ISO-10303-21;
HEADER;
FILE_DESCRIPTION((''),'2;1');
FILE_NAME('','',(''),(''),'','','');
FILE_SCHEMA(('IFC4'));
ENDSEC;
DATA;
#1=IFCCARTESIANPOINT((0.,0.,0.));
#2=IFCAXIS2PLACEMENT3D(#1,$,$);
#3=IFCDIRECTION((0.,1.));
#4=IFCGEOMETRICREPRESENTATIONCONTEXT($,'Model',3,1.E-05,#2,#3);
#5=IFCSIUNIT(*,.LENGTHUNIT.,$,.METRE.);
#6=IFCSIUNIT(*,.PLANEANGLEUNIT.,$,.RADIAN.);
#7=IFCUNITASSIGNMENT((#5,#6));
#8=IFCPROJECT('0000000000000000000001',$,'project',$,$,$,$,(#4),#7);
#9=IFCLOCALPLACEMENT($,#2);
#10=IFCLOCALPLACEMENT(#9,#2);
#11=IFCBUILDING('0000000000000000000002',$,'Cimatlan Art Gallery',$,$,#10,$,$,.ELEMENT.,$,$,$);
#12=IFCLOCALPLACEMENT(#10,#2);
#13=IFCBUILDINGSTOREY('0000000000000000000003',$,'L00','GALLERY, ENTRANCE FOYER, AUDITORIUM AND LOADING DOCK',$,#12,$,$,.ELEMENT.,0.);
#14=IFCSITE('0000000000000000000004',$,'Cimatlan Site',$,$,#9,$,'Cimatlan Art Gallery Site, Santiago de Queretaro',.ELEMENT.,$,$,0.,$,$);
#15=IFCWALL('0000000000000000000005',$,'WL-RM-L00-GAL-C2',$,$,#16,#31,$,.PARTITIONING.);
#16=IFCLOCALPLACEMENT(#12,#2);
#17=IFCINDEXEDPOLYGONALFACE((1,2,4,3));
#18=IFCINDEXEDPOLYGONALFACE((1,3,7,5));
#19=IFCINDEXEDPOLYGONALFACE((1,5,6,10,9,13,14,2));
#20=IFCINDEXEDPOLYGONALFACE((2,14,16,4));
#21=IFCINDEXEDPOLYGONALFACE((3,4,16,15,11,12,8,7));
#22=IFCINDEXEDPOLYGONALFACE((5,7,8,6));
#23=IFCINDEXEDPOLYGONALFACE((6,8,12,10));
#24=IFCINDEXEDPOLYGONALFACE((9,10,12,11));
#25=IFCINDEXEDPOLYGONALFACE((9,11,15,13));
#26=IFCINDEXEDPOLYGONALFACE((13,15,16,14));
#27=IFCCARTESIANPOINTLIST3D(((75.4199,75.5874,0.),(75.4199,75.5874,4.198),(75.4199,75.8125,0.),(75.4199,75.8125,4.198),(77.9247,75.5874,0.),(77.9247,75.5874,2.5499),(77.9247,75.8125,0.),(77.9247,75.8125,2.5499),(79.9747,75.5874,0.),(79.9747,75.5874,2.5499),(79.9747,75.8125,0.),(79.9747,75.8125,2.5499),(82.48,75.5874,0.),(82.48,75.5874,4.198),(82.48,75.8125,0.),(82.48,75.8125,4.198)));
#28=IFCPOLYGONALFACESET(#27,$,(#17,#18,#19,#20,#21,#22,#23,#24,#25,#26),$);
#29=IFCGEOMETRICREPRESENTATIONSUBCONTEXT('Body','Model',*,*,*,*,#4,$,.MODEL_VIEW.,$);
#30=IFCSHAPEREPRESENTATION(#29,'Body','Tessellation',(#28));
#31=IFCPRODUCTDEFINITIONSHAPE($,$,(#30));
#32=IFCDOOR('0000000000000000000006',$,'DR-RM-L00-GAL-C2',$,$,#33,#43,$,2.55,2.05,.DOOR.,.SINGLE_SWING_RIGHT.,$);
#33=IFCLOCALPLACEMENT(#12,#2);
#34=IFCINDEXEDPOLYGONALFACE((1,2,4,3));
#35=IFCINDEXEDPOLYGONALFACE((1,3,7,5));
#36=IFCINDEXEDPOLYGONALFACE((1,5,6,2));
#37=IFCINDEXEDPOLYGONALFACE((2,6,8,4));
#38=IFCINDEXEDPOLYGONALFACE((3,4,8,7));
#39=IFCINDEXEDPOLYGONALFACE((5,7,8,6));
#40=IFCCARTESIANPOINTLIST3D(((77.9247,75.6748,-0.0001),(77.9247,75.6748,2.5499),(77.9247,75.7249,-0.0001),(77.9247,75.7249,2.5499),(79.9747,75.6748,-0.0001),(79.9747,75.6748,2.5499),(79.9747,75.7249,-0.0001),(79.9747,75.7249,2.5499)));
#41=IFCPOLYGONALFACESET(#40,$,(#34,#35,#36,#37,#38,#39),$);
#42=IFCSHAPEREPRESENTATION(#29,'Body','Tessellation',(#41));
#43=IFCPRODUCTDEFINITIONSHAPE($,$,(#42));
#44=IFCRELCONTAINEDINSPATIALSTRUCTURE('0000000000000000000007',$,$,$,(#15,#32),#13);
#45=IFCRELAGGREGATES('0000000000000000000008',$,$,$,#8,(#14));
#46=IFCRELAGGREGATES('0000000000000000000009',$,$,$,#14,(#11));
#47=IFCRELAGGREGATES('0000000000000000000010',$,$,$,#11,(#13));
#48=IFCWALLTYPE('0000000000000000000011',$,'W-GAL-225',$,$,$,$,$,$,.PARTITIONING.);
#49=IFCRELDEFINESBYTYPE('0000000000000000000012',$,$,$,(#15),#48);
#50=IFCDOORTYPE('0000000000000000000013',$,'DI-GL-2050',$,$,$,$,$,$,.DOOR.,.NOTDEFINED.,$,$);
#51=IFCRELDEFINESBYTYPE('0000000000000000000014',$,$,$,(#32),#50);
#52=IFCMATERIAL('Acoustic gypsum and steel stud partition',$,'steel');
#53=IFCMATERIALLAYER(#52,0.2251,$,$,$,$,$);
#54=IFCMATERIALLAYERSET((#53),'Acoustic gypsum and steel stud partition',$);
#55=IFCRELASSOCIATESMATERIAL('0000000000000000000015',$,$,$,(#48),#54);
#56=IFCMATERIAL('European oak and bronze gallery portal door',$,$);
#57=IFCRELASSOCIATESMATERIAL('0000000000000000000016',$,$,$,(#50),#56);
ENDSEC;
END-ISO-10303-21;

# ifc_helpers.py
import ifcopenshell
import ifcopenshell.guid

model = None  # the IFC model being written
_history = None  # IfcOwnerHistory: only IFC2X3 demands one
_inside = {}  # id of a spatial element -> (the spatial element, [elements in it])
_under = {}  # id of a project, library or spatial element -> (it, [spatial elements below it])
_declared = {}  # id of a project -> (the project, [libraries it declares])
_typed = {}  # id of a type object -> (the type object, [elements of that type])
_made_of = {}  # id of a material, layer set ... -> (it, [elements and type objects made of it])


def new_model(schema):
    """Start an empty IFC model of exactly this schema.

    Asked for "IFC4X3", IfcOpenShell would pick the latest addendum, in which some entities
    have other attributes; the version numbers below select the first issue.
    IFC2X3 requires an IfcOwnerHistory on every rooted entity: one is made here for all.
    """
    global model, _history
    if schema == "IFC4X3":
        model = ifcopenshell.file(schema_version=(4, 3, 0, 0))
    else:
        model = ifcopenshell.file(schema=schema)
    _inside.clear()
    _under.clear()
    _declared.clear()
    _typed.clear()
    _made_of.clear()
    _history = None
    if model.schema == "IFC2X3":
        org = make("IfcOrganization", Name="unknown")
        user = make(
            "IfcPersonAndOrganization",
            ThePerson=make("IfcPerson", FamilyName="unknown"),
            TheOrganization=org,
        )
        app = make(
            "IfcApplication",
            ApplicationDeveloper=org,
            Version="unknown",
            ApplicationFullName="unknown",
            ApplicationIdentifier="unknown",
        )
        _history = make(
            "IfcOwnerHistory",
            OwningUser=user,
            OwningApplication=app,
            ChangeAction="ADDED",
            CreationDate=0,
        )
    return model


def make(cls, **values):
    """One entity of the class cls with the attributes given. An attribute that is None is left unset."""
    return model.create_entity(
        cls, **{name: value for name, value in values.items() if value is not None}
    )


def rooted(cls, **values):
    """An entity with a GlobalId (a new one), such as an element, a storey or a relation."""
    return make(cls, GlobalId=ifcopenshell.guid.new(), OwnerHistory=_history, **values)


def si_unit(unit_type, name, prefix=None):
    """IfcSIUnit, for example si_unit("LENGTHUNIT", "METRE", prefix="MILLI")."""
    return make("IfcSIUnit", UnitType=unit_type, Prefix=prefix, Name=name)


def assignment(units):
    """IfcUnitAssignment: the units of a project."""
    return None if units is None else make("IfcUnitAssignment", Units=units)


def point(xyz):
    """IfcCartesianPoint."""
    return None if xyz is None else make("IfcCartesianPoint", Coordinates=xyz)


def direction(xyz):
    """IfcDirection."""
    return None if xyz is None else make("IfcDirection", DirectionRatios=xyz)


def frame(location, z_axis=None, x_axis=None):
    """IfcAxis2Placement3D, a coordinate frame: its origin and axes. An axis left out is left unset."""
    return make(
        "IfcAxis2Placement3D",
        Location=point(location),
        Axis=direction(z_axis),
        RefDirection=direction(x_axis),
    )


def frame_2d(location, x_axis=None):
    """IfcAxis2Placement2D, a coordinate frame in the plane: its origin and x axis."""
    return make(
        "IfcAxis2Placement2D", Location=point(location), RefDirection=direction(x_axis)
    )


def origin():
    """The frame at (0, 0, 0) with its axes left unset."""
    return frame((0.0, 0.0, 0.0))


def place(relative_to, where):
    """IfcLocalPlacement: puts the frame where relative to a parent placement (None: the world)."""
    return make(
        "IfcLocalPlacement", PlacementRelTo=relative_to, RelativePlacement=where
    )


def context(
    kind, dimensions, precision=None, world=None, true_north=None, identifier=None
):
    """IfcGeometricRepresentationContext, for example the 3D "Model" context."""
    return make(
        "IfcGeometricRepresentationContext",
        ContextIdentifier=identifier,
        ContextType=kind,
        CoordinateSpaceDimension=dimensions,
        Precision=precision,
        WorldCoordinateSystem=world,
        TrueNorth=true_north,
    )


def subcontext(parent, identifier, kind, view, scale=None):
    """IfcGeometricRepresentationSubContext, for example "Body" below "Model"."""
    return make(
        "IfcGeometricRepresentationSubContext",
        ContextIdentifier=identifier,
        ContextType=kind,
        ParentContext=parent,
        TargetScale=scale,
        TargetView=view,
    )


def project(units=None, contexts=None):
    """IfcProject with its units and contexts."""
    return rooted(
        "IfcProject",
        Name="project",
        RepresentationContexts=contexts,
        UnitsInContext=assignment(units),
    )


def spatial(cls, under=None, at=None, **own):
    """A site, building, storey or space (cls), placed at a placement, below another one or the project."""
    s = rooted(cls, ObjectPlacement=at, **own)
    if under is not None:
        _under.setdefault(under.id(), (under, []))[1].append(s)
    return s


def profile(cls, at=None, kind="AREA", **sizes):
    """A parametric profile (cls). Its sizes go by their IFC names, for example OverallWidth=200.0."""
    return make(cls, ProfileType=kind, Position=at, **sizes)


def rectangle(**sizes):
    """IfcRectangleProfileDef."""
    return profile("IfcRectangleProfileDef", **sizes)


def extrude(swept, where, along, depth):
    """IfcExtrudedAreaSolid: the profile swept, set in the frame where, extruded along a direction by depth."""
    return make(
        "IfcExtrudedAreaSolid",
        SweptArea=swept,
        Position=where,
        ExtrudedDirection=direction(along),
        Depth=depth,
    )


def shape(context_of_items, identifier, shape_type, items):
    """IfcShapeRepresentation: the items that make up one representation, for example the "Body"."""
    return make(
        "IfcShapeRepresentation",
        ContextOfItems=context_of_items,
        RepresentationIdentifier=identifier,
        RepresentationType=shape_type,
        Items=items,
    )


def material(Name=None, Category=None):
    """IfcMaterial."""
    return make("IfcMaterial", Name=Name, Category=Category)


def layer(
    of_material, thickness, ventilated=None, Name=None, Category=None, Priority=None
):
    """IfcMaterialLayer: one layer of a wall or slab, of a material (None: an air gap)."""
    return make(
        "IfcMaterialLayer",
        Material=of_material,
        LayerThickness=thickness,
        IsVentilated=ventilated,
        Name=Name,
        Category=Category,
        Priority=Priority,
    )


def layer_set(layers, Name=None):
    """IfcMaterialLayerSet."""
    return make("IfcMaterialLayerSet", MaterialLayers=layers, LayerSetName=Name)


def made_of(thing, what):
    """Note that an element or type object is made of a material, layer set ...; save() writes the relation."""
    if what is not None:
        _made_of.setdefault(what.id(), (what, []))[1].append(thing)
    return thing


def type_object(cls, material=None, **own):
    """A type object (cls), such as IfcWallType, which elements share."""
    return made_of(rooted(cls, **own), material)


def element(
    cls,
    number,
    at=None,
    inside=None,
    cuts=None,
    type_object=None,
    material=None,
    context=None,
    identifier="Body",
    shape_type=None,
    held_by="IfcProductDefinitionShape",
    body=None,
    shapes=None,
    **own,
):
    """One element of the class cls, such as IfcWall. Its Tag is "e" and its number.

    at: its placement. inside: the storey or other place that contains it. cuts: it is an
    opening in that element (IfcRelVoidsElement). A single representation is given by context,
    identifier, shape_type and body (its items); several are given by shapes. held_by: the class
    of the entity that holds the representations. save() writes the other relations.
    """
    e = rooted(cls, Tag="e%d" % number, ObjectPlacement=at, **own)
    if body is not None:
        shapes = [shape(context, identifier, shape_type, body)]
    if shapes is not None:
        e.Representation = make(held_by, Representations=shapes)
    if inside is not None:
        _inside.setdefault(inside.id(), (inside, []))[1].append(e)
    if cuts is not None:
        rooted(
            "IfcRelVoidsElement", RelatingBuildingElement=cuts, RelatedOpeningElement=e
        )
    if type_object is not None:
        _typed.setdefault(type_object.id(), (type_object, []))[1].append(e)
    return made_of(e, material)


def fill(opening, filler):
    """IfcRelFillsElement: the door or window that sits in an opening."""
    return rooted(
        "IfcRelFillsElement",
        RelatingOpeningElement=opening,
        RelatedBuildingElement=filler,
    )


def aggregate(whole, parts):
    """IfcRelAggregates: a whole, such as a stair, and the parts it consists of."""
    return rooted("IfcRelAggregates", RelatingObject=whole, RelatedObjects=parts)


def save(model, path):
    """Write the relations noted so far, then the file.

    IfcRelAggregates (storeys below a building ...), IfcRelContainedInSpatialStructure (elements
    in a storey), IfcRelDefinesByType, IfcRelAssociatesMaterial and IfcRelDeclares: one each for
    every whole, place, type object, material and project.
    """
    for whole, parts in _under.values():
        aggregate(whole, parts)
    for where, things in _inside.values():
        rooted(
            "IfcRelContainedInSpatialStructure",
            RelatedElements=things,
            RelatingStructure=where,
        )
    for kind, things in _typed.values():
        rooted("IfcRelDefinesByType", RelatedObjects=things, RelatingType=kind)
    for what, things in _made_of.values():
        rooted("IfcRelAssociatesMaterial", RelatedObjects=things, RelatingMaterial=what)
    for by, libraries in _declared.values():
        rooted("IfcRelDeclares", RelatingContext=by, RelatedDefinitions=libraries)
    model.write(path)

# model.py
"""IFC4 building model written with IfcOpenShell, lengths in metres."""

from ifc_helpers import new_model, si_unit, direction, frame, frame_2d, origin, place, context, subcontext, project, spatial, rectangle, extrude, material, layer, layer_set, type_object, element, fill, save


model = new_model("IFC4")

# Units and contexts
model_context = context("Model", 3, precision=1e-05, world=origin(), true_north=direction((0.0, 1.0)))
body_context = subcontext(model_context, "Body", "Model", "MODEL_VIEW")
ifc_project = project(units=[si_unit("LENGTHUNIT", "METRE"), si_unit("PLANEANGLEUNIT", "RADIAN")], contexts=[model_context])

# Site, building, storey
site_placement = place(None, origin())
site = spatial("IfcSite", under=ifc_project, at=site_placement, Name="Cimatlan Site", LongName="Cimatlan Art Gallery Site, Santiago de Queretaro", CompositionType="ELEMENT", RefElevation=0.0)
building_placement = place(site_placement, origin())
building = spatial("IfcBuilding", under=site, at=building_placement, Name="Cimatlan Art Gallery", CompositionType="ELEMENT")
storey_placement = place(building_placement, origin())
storey = spatial("IfcBuildingStorey", under=building, at=storey_placement, Name="L00", Description="GALLERY, ENTRANCE FOYER, AUDITORIUM AND LOADING DOCK", CompositionType="ELEMENT", Elevation=0.0)

# Wall, opening, door
ifc_material_1 = material(Name="Acoustic gypsum and steel stud partition", Category="steel")
ifc_layer_1 = layer(ifc_material_1, 0.2251)
ifc_layer_set_1 = layer_set([ifc_layer_1], Name="Acoustic gypsum and steel stud partition")
wall_type = type_object("IfcWallType", Name="W-GAL-225", PredefinedType="PARTITIONING", material=ifc_layer_set_1)
wall_placement = place(storey_placement, frame((75.4199, 75.7, 0.0), z_axis=(0.0, 0.0, 1.0), x_axis=(1.0, 0.0, 0.0)))
wall = element("IfcWall", 1, at=wall_placement, inside=storey, type_object=wall_type, Name="WL-RM-L00-GAL-C2", PredefinedType="PARTITIONING", context=body_context, shape_type="SweptSolid", body=[
    extrude(rectangle(XDim=7.0601, YDim=0.2251, at=frame_2d((3.53, 0.0))), origin(), (0.0, 0.0, 1.0), 4.198),
])
opening_placement = place(wall_placement, frame((2.5049, 0.0, 0.0)))
opening = element("IfcOpeningElement", 2, at=opening_placement, cuts=wall, PredefinedType="OPENING", context=body_context, shape_type="SweptSolid", body=[
    extrude(rectangle(XDim=2.05, YDim=2.55, at=frame_2d((1.0249, 1.2749))), frame((0.0, 0.1226, 0.0), z_axis=(0.0, -1.0, 0.0), x_axis=(1.0, 0.0, 0.0)), (0.0, 0.0, 1.0), 0.2451),
])
ifc_material_2 = material(Name="European oak and bronze gallery portal door")
door_type = type_object("IfcDoorType", Name="DI-GL-2050", OperationType="NOTDEFINED", PredefinedType="DOOR", material=ifc_material_2)
door_placement = place(opening_placement, origin())
door = element("IfcDoor", 3, at=door_placement, inside=storey, type_object=door_type, Name="DR-RM-L00-GAL-C2", OperationType="SINGLE_SWING_RIGHT", OverallHeight=2.55, OverallWidth=2.05, PredefinedType="DOOR", context=body_context, shape_type="SweptSolid", body=[
    extrude(rectangle(XDim=2.05, YDim=2.55, at=frame_2d((1.0249, 1.2749))), frame((0.0, 0.0249, 0.0), z_axis=(0.0, -1.0, 0.0), x_axis=(1.0, 0.0, 0.0)), (0.0, 0.0, 1.0), 0.05),
])
fill(opening, door)

save(model, "model.ifc")
